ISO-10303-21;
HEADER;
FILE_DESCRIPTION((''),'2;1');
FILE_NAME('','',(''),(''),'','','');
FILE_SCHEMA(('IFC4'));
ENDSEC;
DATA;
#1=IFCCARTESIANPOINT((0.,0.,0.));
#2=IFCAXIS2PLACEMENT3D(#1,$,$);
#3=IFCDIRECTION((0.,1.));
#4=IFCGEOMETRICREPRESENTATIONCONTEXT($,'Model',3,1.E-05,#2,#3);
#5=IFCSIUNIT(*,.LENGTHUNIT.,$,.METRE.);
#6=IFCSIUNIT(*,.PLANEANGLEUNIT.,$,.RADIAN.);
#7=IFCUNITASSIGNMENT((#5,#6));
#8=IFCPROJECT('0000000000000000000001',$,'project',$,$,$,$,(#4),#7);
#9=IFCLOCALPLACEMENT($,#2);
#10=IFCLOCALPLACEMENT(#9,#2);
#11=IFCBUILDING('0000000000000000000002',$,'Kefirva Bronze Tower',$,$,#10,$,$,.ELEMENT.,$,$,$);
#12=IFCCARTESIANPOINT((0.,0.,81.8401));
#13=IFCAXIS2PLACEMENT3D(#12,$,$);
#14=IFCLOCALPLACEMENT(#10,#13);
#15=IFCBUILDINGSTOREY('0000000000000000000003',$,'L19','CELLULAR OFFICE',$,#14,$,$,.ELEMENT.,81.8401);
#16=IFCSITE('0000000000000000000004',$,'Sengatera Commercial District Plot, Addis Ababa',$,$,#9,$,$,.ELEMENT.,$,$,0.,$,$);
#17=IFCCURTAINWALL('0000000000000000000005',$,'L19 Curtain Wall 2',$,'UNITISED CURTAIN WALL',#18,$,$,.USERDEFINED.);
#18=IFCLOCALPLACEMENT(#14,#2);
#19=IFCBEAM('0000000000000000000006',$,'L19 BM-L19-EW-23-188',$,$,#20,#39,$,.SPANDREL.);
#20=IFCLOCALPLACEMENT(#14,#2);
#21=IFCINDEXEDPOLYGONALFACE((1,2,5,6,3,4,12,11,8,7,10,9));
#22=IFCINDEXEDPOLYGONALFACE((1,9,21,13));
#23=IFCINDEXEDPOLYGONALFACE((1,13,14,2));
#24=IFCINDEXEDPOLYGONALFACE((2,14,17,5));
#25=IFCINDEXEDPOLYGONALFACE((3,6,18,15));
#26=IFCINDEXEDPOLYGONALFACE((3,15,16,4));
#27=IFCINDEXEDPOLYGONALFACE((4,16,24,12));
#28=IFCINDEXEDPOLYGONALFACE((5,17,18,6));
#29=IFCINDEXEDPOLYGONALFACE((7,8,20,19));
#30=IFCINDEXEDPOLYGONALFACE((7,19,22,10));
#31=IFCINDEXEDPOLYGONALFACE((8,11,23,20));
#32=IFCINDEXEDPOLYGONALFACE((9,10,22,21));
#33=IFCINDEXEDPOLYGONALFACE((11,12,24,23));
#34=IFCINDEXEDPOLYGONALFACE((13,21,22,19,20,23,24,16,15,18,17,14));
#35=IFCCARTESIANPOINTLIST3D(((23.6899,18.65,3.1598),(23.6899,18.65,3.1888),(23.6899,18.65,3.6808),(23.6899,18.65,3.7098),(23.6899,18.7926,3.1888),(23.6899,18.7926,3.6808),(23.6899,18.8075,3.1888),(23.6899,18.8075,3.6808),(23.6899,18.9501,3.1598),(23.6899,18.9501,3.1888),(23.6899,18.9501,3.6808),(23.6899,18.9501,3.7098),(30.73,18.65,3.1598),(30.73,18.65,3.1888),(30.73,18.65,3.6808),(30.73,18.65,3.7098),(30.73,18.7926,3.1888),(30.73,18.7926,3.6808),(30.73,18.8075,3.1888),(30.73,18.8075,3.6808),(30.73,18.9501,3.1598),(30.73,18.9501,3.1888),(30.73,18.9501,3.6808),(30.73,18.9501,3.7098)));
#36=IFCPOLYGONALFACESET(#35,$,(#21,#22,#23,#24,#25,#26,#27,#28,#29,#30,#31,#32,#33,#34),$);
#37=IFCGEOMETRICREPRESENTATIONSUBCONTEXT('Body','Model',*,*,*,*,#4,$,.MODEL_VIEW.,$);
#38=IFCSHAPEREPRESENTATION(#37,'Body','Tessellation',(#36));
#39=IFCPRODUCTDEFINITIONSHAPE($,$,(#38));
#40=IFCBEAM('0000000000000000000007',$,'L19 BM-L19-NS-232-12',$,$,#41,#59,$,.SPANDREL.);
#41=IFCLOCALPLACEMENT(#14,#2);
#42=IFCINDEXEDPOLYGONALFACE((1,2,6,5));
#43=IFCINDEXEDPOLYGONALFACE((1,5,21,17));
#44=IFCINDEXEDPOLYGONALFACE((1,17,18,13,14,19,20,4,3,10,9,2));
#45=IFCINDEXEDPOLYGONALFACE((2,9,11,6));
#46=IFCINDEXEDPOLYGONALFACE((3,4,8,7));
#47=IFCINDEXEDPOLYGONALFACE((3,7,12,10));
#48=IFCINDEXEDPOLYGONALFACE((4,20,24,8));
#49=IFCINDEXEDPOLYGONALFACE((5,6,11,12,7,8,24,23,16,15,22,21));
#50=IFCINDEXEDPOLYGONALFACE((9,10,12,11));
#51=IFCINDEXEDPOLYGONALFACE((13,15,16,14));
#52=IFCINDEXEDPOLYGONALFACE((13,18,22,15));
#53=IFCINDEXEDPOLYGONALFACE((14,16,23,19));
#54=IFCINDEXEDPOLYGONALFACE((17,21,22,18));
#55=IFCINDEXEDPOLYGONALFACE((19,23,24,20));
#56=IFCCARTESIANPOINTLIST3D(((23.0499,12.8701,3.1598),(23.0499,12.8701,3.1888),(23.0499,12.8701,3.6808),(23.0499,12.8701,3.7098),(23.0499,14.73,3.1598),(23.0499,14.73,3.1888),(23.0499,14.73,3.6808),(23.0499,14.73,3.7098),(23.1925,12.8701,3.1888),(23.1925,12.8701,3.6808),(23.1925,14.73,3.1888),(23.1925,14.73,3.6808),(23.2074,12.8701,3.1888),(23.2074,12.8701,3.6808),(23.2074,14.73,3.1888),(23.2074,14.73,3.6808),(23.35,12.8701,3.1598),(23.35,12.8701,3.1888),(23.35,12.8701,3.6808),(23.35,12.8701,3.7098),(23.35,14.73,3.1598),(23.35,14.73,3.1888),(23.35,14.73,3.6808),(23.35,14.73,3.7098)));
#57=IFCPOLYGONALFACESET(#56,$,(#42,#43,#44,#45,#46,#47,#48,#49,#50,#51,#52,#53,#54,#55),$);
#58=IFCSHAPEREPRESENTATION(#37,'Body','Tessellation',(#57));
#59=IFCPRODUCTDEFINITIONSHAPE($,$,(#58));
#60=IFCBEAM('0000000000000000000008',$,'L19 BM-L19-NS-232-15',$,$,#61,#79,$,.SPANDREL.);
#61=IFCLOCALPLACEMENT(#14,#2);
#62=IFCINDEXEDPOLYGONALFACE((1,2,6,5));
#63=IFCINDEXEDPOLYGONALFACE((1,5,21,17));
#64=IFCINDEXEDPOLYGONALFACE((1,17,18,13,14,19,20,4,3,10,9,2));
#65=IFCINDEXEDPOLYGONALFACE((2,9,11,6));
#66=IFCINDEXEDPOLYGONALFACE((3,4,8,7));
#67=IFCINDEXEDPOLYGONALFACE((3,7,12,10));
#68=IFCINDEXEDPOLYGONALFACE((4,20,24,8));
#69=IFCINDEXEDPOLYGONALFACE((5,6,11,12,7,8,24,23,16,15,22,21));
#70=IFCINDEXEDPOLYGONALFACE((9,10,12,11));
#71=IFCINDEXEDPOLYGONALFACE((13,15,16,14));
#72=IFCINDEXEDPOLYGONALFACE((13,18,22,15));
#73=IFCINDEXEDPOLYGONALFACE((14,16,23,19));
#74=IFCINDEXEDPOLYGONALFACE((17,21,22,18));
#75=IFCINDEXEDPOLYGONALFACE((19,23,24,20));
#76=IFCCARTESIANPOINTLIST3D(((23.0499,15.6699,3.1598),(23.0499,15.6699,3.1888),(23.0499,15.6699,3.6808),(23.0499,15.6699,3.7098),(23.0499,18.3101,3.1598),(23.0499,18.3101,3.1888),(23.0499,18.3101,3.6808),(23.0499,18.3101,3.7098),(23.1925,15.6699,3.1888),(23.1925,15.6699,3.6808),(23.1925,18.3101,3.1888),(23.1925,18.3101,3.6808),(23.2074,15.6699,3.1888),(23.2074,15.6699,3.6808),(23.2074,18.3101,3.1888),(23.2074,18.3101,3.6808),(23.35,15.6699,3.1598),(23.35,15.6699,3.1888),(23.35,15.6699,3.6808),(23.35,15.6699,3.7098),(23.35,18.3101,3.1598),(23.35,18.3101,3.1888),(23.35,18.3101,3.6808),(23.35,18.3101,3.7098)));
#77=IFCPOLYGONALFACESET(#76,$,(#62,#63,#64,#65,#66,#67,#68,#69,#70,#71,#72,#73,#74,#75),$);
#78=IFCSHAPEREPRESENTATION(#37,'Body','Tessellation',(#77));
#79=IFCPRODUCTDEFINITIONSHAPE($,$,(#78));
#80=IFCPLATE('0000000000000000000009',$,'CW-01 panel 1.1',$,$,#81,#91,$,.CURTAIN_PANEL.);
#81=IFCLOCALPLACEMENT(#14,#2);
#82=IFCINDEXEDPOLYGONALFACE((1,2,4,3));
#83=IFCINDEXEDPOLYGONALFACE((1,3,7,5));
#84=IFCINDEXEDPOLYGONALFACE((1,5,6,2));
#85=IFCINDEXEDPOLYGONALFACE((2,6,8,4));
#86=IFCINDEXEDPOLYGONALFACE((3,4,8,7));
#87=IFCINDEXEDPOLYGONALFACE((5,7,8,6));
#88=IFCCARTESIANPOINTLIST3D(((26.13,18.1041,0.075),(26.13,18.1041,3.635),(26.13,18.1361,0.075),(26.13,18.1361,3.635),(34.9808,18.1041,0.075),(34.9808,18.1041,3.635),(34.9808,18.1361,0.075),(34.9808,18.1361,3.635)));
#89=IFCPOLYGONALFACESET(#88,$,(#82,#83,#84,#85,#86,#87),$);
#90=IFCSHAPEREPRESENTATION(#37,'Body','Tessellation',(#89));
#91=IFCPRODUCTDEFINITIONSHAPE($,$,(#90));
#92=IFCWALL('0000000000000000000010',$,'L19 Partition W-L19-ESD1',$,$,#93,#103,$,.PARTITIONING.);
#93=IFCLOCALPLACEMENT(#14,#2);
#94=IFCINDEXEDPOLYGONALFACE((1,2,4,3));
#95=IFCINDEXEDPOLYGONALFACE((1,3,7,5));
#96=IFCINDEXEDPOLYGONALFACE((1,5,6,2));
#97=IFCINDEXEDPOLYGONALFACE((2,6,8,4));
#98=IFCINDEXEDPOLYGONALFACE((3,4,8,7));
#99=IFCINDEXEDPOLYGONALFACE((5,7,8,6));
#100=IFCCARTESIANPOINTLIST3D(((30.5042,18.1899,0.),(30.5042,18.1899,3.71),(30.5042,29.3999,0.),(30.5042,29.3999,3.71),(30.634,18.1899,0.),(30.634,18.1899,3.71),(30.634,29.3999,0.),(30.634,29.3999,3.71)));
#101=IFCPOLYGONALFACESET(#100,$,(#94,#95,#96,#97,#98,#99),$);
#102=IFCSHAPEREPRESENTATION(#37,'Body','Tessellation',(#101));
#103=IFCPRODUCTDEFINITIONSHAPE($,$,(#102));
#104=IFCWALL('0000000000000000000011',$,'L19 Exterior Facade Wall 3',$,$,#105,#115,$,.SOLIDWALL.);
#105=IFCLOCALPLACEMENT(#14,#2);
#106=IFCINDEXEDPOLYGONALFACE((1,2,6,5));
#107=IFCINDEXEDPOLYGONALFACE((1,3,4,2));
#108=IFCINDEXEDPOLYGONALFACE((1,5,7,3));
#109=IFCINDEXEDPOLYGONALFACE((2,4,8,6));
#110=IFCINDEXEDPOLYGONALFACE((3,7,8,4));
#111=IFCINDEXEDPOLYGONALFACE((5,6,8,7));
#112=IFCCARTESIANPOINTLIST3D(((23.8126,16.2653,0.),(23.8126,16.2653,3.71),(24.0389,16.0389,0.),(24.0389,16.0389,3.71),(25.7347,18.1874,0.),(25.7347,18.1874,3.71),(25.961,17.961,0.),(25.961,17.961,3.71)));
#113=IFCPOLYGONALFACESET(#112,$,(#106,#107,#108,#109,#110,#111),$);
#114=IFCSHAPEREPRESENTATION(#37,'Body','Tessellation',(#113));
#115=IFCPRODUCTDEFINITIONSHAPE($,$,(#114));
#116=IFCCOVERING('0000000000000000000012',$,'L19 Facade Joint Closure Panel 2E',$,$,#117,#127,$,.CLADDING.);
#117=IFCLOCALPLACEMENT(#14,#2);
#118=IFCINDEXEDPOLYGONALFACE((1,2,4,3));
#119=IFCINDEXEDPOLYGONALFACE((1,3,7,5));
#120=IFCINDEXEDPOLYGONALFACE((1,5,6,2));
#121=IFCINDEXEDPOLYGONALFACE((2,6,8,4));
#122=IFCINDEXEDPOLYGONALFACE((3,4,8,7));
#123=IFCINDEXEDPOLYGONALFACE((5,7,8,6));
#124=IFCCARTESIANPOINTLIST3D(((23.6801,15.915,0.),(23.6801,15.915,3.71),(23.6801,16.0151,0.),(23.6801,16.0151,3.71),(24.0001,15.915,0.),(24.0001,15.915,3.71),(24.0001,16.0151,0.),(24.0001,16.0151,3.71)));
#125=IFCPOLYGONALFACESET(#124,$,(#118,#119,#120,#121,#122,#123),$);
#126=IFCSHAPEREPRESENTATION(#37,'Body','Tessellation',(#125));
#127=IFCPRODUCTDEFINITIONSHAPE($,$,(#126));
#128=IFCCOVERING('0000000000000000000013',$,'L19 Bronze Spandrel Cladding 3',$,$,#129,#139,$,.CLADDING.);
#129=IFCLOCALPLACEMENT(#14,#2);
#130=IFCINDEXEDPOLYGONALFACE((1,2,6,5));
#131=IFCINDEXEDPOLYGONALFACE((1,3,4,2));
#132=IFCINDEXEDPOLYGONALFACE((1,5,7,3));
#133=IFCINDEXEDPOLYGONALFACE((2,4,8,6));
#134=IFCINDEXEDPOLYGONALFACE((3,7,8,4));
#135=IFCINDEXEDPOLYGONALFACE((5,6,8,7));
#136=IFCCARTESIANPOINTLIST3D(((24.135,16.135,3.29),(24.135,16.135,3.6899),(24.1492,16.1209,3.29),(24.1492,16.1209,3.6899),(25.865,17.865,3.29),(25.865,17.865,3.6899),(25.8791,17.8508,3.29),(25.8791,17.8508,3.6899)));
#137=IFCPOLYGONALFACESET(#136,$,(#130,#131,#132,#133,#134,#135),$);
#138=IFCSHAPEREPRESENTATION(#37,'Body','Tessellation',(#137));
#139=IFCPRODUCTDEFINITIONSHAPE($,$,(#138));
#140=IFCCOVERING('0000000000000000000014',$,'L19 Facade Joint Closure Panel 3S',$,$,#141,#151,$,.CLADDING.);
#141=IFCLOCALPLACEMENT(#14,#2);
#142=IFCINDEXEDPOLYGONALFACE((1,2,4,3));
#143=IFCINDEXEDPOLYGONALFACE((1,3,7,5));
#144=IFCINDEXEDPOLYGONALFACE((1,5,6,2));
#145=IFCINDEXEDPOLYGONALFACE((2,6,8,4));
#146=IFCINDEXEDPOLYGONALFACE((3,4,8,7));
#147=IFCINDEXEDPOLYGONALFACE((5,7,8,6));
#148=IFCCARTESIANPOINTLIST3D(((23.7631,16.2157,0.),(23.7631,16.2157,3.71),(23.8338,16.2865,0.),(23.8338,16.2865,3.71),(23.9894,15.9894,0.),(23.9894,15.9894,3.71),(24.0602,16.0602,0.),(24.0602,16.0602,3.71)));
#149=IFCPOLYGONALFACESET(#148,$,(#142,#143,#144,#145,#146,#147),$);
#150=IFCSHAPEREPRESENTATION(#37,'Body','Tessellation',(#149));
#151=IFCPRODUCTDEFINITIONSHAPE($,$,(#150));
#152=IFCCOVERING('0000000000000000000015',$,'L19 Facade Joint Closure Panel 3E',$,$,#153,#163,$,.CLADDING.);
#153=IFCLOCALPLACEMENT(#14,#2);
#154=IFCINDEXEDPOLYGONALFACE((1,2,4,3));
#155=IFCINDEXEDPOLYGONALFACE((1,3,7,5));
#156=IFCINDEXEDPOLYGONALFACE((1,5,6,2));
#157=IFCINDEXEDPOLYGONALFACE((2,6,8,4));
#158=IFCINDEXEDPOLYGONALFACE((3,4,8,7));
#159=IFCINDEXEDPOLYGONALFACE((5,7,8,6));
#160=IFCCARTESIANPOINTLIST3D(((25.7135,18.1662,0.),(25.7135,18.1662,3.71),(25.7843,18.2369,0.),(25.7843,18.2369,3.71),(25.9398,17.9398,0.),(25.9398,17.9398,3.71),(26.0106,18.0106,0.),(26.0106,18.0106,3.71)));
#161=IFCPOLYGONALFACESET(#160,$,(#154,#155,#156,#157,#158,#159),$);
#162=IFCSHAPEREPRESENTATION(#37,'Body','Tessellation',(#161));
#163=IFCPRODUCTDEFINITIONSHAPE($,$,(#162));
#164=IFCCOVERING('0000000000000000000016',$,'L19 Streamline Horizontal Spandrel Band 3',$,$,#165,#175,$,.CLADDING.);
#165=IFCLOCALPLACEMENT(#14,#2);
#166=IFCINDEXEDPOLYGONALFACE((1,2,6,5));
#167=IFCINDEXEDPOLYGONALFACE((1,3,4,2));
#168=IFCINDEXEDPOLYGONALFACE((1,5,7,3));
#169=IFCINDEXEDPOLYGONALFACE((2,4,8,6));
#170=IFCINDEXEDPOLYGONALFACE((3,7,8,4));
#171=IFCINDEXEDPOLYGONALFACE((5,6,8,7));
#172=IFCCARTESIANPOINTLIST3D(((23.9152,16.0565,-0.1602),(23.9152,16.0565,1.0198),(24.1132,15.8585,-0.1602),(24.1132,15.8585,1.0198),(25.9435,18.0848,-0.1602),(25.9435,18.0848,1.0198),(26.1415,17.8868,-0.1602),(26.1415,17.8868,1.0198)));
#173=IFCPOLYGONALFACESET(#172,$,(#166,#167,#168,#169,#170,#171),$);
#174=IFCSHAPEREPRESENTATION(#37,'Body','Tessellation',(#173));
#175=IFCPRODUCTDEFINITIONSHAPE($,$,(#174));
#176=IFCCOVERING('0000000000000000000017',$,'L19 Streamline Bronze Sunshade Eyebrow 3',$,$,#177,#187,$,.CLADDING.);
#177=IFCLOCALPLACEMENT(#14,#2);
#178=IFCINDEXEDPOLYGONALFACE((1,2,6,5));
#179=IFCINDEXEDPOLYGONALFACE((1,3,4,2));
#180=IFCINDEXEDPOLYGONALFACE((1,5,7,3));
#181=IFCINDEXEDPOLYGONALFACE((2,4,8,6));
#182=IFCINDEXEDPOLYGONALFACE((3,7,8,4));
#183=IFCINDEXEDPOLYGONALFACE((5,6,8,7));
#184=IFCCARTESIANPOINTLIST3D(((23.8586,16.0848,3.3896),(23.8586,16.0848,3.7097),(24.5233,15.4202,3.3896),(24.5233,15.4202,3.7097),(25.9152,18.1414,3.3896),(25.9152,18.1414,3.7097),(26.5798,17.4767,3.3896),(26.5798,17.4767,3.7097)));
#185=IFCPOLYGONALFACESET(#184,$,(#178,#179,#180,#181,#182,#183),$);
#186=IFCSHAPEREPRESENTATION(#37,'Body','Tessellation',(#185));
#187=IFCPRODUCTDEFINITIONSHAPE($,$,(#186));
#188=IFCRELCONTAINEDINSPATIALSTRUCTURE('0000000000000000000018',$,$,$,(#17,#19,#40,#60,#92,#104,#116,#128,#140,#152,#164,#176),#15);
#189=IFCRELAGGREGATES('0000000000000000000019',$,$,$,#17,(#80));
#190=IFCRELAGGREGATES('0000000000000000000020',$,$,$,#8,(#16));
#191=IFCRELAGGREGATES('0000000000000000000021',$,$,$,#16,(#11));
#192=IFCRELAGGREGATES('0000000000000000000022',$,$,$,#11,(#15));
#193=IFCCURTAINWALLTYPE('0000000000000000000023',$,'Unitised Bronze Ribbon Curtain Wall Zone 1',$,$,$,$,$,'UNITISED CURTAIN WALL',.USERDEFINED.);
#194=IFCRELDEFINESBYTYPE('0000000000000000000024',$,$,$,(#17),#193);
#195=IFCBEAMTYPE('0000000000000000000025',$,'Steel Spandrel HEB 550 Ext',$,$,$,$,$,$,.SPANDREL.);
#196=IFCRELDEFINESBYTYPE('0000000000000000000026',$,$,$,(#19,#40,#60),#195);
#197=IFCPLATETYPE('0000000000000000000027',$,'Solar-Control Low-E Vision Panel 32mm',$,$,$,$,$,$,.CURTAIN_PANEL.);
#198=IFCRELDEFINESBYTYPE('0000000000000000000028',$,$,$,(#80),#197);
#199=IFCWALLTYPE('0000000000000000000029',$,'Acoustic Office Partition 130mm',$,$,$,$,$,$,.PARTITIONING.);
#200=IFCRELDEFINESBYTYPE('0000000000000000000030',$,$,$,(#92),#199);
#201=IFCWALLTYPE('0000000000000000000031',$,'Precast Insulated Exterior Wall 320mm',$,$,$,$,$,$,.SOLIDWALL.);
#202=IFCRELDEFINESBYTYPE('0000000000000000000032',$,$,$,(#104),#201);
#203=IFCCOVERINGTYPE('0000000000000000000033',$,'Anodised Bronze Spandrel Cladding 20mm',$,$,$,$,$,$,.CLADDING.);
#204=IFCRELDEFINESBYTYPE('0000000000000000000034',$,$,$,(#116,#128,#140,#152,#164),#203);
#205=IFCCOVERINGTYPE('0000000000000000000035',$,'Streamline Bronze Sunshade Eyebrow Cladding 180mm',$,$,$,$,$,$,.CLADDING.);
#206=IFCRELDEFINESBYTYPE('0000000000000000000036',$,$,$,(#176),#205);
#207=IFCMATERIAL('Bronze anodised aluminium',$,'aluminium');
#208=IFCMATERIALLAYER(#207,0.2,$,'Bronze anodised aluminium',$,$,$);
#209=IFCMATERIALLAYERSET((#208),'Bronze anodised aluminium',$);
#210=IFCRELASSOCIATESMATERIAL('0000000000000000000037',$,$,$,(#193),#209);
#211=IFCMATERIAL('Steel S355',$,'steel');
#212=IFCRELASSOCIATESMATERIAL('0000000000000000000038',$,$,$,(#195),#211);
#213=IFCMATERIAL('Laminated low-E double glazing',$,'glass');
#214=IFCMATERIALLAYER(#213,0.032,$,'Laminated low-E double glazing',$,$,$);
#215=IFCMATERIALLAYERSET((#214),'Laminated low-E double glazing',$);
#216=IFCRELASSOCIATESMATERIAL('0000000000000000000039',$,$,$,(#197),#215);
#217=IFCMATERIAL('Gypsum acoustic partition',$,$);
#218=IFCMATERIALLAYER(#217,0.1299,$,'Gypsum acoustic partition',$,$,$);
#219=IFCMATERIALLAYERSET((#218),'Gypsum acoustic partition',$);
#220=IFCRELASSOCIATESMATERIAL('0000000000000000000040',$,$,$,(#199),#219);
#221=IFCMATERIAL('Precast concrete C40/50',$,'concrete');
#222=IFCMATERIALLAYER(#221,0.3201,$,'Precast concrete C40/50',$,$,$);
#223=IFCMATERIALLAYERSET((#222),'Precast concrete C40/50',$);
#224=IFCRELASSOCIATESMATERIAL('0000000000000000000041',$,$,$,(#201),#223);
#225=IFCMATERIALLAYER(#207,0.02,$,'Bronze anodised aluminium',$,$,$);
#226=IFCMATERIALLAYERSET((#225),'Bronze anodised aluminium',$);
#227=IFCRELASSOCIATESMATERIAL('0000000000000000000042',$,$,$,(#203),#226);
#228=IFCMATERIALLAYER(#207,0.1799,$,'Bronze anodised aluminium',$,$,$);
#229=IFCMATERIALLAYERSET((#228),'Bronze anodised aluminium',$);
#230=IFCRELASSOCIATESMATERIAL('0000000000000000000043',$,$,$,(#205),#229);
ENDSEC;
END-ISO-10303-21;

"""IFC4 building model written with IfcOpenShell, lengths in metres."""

from ifc_helpers import new_model, si_unit, direction, frame, frame_2d, origin, origin_2d, place, context, subcontext, project, spatial, rectangle, i_section, extrude, material, layer, layer_set, material_profile, profile_set, type_object, element, aggregate, save


model = new_model("IFC4")

# Units and contexts
model_context = context("Model", 3, precision=1e-05, world=origin(), true_north=direction((0.0, 1.0)))
body_context = subcontext(model_context, "Body", "Model", "MODEL_VIEW")
ifc_project = project(units=[si_unit("LENGTHUNIT", "METRE"), si_unit("PLANEANGLEUNIT", "RADIAN")], contexts=[model_context])

# Site, building, storey
site_placement = place(None, origin())
site = spatial("IfcSite", under=ifc_project, at=site_placement, Name="Sengatera Commercial District Plot, Addis Ababa", CompositionType="ELEMENT", RefElevation=0.0)
building_placement = place(site_placement, origin())
building = spatial("IfcBuilding", under=site, at=building_placement, Name="Kefirva Bronze Tower", CompositionType="ELEMENT")
storey_placement = place(building_placement, frame((0.0, 0.0, 81.8401)))
storey = spatial("IfcBuildingStorey", under=building, at=storey_placement, Name="L19", Description="CELLULAR OFFICE", CompositionType="ELEMENT", Elevation=81.8401)

# Curtain wall
ifc_material_1 = material(Name="Bronze anodised aluminium", Category="aluminium")
ifc_layer_1 = layer(ifc_material_1, 0.2, Name="Bronze anodised aluminium")
ifc_layer_set_1 = layer_set([ifc_layer_1], Name="Bronze anodised aluminium")
curtain_wall_type = type_object("IfcCurtainWallType", Name="Unitised Bronze Ribbon Curtain Wall Zone 1", ElementType="UNITISED CURTAIN WALL", PredefinedType="USERDEFINED", material=ifc_layer_set_1)
curtain_wall_placement = place(storey_placement, origin())
curtain_wall = element("IfcCurtainWall", 1, at=curtain_wall_placement, inside=storey, type_object=curtain_wall_type, Name="L19 Curtain Wall 2", ObjectType="UNITISED CURTAIN WALL", PredefinedType="USERDEFINED")

# Beams
ifc_material_2 = material(Name="Steel S355", Category="steel")
ifc_material_profile_1 = material_profile(ifc_material_2, i_section(OverallWidth=0.3, OverallDepth=0.55, WebThickness=0.0149, FlangeThickness=0.0291, at=origin_2d()), Name="HEB 550")
ifc_profile_set_1 = profile_set([ifc_material_profile_1], Name="Steel S355")
beam_type_1 = type_object("IfcBeamType", Name="Steel Spandrel HEB 550 Ext", PredefinedType="SPANDREL", material=ifc_profile_set_1)
beam_1_placement = place(storey_placement, frame((23.6899, 18.8, 3.4348), z_axis=(1.0, 0.0, 0.0), x_axis=(0.0, 1.0, 0.0)))
element("IfcBeam", 2, at=beam_1_placement, inside=storey, type_object=beam_type_1, Name="L19 BM-L19-EW-23-188", PredefinedType="SPANDREL", context=body_context, shape_type="SweptSolid", body=[
    extrude(i_section(OverallWidth=0.3, OverallDepth=0.55, WebThickness=0.0149, FlangeThickness=0.0291, at=origin_2d()), origin(), (0.0, 0.0, 1.0), 7.04),
])
beam_2_placement = place(storey_placement, frame((23.2, 12.8701, 3.4348), z_axis=(0.0, 1.0, 0.0), x_axis=(-1.0, 0.0, 0.0)))
element("IfcBeam", 3, at=beam_2_placement, inside=storey, type_object=beam_type_1, Name="L19 BM-L19-NS-232-12", PredefinedType="SPANDREL", context=body_context, shape_type="SweptSolid", body=[
    extrude(i_section(OverallWidth=0.3, OverallDepth=0.55, WebThickness=0.0149, FlangeThickness=0.0291, at=origin_2d()), origin(), (0.0, 0.0, 1.0), 1.8599),
])
beam_3_placement = place(storey_placement, frame((23.2, 15.6699, 3.4348), z_axis=(0.0, 1.0, 0.0), x_axis=(-1.0, 0.0, 0.0)))
element("IfcBeam", 4, at=beam_3_placement, inside=storey, type_object=beam_type_1, Name="L19 BM-L19-NS-232-15", PredefinedType="SPANDREL", context=body_context, shape_type="SweptSolid", body=[
    extrude(i_section(OverallWidth=0.3, OverallDepth=0.55, WebThickness=0.0149, FlangeThickness=0.0291, at=origin_2d()), origin(), (0.0, 0.0, 1.0), 2.6401),
])

# Plate
ifc_material_3 = material(Name="Laminated low-E double glazing", Category="glass")
ifc_layer_2 = layer(ifc_material_3, 0.032, Name="Laminated low-E double glazing")
ifc_layer_set_2 = layer_set([ifc_layer_2], Name="Laminated low-E double glazing")
plate_type = type_object("IfcPlateType", Name="Solar-Control Low-E Vision Panel 32mm", PredefinedType="CURTAIN_PANEL", material=ifc_layer_set_2)
plate_placement = place(storey_placement, frame((30.5554, 18.1201, 0.075), z_axis=(0.0, 0.0, 1.0), x_axis=(1.0, 0.0, 0.0)))
plate = element("IfcPlate", 5, at=plate_placement, type_object=plate_type, Name="CW-01 panel 1.1", PredefinedType="CURTAIN_PANEL", context=body_context, shape_type="SweptSolid", body=[
    extrude(rectangle(XDim=8.8508, YDim=0.032, at=origin_2d()), origin(), (0.0, 0.0, 1.0), 3.5601),
])
aggregate(curtain_wall, [plate])

# Walls
ifc_material_4 = material(Name="Gypsum acoustic partition")
ifc_layer_3 = layer(ifc_material_4, 0.1299, Name="Gypsum acoustic partition")
ifc_layer_set_3 = layer_set([ifc_layer_3], Name="Gypsum acoustic partition")
wall_type_1 = type_object("IfcWallType", Name="Acoustic Office Partition 130mm", PredefinedType="PARTITIONING", material=ifc_layer_set_3)
wall_1_placement = place(storey_placement, frame((30.5691, 18.1899, 0.0), z_axis=(0.0, 0.0, 1.0), x_axis=(0.0, 1.0, 0.0)))
element("IfcWall", 6, at=wall_1_placement, inside=storey, type_object=wall_type_1, Name="L19 Partition W-L19-ESD1", PredefinedType="PARTITIONING", context=body_context, shape_type="SweptSolid", body=[
    extrude(rectangle(XDim=11.21, YDim=0.1299, at=frame_2d((5.605, 0.0))), origin(), (0.0, 0.0, 1.0), 3.71),
])
ifc_material_5 = material(Name="Precast concrete C40/50", Category="concrete")
ifc_layer_4 = layer(ifc_material_5, 0.3201, Name="Precast concrete C40/50")
ifc_layer_set_4 = layer_set([ifc_layer_4], Name="Precast concrete C40/50")
wall_type_2 = type_object("IfcWallType", Name="Precast Insulated Exterior Wall 320mm", PredefinedType="SOLIDWALL", material=ifc_layer_set_4)
wall_2_placement = place(storey_placement, frame((23.9258, 16.1521, 0.0), z_axis=(0.0, 0.0, 1.0), x_axis=(0.707107, 0.707107, 0.0)))
element("IfcWall", 7, at=wall_2_placement, inside=storey, type_object=wall_type_2, Name="L19 Exterior Facade Wall 3", PredefinedType="SOLIDWALL", context=body_context, shape_type="SweptSolid", body=[
    extrude(rectangle(XDim=2.7183, YDim=0.3201, at=frame_2d((1.3591, 0.0))), origin(), (0.0, 0.0, 1.0), 3.71),
])

# Coverings
ifc_layer_5 = layer(ifc_material_1, 0.02, Name="Bronze anodised aluminium")
ifc_layer_set_5 = layer_set([ifc_layer_5], Name="Bronze anodised aluminium")
covering_type_1 = type_object("IfcCoveringType", Name="Anodised Bronze Spandrel Cladding 20mm", PredefinedType="CLADDING", material=ifc_layer_set_5)
covering_1_placement = place(storey_placement, frame((23.8401, 15.9651, 0.0), z_axis=(0.0, 0.0, 1.0), x_axis=(0.0, 1.0, 0.0)))
element("IfcCovering", 8, at=covering_1_placement, inside=storey, type_object=covering_type_1, Name="L19 Facade Joint Closure Panel 2E", PredefinedType="CLADDING", context=body_context, shape_type="SweptSolid", body=[
    extrude(rectangle(XDim=0.1001, YDim=0.3201, at=origin_2d()), origin(), (0.0, 0.0, 1.0), 3.71),
])
covering_2_placement = place(storey_placement, frame((25.0071, 16.9929, 3.29), z_axis=(0.0, 0.0, 1.0), x_axis=(0.707107, 0.707107, 0.0)))
element("IfcCovering", 9, at=covering_2_placement, inside=storey, type_object=covering_type_1, Name="L19 Bronze Spandrel Cladding 3", PredefinedType="CLADDING", context=body_context, shape_type="SweptSolid", body=[
    extrude(rectangle(XDim=2.4465, YDim=0.02, at=origin_2d()), origin(), (0.0, 0.0, 1.0), 0.3999),
])
for number, where, z_axis, x_axis, name in (
    (10, (23.9116, 16.1379, 0.0), (0.0, 0.0, 1.0), (0.707107, 0.707107, 0.0), "L19 Facade Joint Closure Panel 3S"),
    (11, (25.8621, 18.0884, 0.0), (0.0, 0.0, 1.0), (0.707107, 0.707107, 0.0), "L19 Facade Joint Closure Panel 3E"),
):
    element("IfcCovering", number, at=place(storey_placement, frame(where, z_axis=z_axis, x_axis=x_axis)), inside=storey, type_object=covering_type_1, Name=name, PredefinedType="CLADDING", context=body_context, shape_type="SweptSolid", body=[
        extrude(rectangle(XDim=0.1001, YDim=0.3201, at=origin_2d()), origin(), (0.0, 0.0, 1.0), 3.71),
    ])
covering_3_placement = place(storey_placement, frame((25.0283, 16.9717, -0.1602), z_axis=(0.0, 0.0, 1.0), x_axis=(0.707107, 0.707107, 0.0)))
element("IfcCovering", 12, at=covering_3_placement, inside=storey, type_object=covering_type_1, Name="L19 Streamline Horizontal Spandrel Band 3", PredefinedType="CLADDING", context=body_context, shape_type="SweptSolid", body=[
    extrude(rectangle(XDim=2.8684, YDim=0.28, at=origin_2d()), origin(), (0.0, 0.0, 1.0), 1.1799),
])
ifc_layer_6 = layer(ifc_material_1, 0.1799, Name="Bronze anodised aluminium")
ifc_layer_set_6 = layer_set([ifc_layer_6], Name="Bronze anodised aluminium")
covering_type_2 = type_object("IfcCoveringType", Name="Streamline Bronze Sunshade Eyebrow Cladding 180mm", PredefinedType="CLADDING", material=ifc_layer_set_6)
covering_4_placement = place(storey_placement, frame((25.2192, 16.7808, 3.3896), z_axis=(0.0, 0.0, 1.0), x_axis=(0.707107, 0.707107, 0.0)))
element("IfcCovering", 13, at=covering_4_placement, inside=storey, type_object=covering_type_2, Name="L19 Streamline Bronze Sunshade Eyebrow 3", PredefinedType="CLADDING", context=body_context, shape_type="SweptSolid", body=[
    extrude(rectangle(XDim=2.9084, YDim=0.9399, at=origin_2d()), origin(), (0.0, 0.0, 1.0), 0.3201),
])

save(model, "model.ifc")
